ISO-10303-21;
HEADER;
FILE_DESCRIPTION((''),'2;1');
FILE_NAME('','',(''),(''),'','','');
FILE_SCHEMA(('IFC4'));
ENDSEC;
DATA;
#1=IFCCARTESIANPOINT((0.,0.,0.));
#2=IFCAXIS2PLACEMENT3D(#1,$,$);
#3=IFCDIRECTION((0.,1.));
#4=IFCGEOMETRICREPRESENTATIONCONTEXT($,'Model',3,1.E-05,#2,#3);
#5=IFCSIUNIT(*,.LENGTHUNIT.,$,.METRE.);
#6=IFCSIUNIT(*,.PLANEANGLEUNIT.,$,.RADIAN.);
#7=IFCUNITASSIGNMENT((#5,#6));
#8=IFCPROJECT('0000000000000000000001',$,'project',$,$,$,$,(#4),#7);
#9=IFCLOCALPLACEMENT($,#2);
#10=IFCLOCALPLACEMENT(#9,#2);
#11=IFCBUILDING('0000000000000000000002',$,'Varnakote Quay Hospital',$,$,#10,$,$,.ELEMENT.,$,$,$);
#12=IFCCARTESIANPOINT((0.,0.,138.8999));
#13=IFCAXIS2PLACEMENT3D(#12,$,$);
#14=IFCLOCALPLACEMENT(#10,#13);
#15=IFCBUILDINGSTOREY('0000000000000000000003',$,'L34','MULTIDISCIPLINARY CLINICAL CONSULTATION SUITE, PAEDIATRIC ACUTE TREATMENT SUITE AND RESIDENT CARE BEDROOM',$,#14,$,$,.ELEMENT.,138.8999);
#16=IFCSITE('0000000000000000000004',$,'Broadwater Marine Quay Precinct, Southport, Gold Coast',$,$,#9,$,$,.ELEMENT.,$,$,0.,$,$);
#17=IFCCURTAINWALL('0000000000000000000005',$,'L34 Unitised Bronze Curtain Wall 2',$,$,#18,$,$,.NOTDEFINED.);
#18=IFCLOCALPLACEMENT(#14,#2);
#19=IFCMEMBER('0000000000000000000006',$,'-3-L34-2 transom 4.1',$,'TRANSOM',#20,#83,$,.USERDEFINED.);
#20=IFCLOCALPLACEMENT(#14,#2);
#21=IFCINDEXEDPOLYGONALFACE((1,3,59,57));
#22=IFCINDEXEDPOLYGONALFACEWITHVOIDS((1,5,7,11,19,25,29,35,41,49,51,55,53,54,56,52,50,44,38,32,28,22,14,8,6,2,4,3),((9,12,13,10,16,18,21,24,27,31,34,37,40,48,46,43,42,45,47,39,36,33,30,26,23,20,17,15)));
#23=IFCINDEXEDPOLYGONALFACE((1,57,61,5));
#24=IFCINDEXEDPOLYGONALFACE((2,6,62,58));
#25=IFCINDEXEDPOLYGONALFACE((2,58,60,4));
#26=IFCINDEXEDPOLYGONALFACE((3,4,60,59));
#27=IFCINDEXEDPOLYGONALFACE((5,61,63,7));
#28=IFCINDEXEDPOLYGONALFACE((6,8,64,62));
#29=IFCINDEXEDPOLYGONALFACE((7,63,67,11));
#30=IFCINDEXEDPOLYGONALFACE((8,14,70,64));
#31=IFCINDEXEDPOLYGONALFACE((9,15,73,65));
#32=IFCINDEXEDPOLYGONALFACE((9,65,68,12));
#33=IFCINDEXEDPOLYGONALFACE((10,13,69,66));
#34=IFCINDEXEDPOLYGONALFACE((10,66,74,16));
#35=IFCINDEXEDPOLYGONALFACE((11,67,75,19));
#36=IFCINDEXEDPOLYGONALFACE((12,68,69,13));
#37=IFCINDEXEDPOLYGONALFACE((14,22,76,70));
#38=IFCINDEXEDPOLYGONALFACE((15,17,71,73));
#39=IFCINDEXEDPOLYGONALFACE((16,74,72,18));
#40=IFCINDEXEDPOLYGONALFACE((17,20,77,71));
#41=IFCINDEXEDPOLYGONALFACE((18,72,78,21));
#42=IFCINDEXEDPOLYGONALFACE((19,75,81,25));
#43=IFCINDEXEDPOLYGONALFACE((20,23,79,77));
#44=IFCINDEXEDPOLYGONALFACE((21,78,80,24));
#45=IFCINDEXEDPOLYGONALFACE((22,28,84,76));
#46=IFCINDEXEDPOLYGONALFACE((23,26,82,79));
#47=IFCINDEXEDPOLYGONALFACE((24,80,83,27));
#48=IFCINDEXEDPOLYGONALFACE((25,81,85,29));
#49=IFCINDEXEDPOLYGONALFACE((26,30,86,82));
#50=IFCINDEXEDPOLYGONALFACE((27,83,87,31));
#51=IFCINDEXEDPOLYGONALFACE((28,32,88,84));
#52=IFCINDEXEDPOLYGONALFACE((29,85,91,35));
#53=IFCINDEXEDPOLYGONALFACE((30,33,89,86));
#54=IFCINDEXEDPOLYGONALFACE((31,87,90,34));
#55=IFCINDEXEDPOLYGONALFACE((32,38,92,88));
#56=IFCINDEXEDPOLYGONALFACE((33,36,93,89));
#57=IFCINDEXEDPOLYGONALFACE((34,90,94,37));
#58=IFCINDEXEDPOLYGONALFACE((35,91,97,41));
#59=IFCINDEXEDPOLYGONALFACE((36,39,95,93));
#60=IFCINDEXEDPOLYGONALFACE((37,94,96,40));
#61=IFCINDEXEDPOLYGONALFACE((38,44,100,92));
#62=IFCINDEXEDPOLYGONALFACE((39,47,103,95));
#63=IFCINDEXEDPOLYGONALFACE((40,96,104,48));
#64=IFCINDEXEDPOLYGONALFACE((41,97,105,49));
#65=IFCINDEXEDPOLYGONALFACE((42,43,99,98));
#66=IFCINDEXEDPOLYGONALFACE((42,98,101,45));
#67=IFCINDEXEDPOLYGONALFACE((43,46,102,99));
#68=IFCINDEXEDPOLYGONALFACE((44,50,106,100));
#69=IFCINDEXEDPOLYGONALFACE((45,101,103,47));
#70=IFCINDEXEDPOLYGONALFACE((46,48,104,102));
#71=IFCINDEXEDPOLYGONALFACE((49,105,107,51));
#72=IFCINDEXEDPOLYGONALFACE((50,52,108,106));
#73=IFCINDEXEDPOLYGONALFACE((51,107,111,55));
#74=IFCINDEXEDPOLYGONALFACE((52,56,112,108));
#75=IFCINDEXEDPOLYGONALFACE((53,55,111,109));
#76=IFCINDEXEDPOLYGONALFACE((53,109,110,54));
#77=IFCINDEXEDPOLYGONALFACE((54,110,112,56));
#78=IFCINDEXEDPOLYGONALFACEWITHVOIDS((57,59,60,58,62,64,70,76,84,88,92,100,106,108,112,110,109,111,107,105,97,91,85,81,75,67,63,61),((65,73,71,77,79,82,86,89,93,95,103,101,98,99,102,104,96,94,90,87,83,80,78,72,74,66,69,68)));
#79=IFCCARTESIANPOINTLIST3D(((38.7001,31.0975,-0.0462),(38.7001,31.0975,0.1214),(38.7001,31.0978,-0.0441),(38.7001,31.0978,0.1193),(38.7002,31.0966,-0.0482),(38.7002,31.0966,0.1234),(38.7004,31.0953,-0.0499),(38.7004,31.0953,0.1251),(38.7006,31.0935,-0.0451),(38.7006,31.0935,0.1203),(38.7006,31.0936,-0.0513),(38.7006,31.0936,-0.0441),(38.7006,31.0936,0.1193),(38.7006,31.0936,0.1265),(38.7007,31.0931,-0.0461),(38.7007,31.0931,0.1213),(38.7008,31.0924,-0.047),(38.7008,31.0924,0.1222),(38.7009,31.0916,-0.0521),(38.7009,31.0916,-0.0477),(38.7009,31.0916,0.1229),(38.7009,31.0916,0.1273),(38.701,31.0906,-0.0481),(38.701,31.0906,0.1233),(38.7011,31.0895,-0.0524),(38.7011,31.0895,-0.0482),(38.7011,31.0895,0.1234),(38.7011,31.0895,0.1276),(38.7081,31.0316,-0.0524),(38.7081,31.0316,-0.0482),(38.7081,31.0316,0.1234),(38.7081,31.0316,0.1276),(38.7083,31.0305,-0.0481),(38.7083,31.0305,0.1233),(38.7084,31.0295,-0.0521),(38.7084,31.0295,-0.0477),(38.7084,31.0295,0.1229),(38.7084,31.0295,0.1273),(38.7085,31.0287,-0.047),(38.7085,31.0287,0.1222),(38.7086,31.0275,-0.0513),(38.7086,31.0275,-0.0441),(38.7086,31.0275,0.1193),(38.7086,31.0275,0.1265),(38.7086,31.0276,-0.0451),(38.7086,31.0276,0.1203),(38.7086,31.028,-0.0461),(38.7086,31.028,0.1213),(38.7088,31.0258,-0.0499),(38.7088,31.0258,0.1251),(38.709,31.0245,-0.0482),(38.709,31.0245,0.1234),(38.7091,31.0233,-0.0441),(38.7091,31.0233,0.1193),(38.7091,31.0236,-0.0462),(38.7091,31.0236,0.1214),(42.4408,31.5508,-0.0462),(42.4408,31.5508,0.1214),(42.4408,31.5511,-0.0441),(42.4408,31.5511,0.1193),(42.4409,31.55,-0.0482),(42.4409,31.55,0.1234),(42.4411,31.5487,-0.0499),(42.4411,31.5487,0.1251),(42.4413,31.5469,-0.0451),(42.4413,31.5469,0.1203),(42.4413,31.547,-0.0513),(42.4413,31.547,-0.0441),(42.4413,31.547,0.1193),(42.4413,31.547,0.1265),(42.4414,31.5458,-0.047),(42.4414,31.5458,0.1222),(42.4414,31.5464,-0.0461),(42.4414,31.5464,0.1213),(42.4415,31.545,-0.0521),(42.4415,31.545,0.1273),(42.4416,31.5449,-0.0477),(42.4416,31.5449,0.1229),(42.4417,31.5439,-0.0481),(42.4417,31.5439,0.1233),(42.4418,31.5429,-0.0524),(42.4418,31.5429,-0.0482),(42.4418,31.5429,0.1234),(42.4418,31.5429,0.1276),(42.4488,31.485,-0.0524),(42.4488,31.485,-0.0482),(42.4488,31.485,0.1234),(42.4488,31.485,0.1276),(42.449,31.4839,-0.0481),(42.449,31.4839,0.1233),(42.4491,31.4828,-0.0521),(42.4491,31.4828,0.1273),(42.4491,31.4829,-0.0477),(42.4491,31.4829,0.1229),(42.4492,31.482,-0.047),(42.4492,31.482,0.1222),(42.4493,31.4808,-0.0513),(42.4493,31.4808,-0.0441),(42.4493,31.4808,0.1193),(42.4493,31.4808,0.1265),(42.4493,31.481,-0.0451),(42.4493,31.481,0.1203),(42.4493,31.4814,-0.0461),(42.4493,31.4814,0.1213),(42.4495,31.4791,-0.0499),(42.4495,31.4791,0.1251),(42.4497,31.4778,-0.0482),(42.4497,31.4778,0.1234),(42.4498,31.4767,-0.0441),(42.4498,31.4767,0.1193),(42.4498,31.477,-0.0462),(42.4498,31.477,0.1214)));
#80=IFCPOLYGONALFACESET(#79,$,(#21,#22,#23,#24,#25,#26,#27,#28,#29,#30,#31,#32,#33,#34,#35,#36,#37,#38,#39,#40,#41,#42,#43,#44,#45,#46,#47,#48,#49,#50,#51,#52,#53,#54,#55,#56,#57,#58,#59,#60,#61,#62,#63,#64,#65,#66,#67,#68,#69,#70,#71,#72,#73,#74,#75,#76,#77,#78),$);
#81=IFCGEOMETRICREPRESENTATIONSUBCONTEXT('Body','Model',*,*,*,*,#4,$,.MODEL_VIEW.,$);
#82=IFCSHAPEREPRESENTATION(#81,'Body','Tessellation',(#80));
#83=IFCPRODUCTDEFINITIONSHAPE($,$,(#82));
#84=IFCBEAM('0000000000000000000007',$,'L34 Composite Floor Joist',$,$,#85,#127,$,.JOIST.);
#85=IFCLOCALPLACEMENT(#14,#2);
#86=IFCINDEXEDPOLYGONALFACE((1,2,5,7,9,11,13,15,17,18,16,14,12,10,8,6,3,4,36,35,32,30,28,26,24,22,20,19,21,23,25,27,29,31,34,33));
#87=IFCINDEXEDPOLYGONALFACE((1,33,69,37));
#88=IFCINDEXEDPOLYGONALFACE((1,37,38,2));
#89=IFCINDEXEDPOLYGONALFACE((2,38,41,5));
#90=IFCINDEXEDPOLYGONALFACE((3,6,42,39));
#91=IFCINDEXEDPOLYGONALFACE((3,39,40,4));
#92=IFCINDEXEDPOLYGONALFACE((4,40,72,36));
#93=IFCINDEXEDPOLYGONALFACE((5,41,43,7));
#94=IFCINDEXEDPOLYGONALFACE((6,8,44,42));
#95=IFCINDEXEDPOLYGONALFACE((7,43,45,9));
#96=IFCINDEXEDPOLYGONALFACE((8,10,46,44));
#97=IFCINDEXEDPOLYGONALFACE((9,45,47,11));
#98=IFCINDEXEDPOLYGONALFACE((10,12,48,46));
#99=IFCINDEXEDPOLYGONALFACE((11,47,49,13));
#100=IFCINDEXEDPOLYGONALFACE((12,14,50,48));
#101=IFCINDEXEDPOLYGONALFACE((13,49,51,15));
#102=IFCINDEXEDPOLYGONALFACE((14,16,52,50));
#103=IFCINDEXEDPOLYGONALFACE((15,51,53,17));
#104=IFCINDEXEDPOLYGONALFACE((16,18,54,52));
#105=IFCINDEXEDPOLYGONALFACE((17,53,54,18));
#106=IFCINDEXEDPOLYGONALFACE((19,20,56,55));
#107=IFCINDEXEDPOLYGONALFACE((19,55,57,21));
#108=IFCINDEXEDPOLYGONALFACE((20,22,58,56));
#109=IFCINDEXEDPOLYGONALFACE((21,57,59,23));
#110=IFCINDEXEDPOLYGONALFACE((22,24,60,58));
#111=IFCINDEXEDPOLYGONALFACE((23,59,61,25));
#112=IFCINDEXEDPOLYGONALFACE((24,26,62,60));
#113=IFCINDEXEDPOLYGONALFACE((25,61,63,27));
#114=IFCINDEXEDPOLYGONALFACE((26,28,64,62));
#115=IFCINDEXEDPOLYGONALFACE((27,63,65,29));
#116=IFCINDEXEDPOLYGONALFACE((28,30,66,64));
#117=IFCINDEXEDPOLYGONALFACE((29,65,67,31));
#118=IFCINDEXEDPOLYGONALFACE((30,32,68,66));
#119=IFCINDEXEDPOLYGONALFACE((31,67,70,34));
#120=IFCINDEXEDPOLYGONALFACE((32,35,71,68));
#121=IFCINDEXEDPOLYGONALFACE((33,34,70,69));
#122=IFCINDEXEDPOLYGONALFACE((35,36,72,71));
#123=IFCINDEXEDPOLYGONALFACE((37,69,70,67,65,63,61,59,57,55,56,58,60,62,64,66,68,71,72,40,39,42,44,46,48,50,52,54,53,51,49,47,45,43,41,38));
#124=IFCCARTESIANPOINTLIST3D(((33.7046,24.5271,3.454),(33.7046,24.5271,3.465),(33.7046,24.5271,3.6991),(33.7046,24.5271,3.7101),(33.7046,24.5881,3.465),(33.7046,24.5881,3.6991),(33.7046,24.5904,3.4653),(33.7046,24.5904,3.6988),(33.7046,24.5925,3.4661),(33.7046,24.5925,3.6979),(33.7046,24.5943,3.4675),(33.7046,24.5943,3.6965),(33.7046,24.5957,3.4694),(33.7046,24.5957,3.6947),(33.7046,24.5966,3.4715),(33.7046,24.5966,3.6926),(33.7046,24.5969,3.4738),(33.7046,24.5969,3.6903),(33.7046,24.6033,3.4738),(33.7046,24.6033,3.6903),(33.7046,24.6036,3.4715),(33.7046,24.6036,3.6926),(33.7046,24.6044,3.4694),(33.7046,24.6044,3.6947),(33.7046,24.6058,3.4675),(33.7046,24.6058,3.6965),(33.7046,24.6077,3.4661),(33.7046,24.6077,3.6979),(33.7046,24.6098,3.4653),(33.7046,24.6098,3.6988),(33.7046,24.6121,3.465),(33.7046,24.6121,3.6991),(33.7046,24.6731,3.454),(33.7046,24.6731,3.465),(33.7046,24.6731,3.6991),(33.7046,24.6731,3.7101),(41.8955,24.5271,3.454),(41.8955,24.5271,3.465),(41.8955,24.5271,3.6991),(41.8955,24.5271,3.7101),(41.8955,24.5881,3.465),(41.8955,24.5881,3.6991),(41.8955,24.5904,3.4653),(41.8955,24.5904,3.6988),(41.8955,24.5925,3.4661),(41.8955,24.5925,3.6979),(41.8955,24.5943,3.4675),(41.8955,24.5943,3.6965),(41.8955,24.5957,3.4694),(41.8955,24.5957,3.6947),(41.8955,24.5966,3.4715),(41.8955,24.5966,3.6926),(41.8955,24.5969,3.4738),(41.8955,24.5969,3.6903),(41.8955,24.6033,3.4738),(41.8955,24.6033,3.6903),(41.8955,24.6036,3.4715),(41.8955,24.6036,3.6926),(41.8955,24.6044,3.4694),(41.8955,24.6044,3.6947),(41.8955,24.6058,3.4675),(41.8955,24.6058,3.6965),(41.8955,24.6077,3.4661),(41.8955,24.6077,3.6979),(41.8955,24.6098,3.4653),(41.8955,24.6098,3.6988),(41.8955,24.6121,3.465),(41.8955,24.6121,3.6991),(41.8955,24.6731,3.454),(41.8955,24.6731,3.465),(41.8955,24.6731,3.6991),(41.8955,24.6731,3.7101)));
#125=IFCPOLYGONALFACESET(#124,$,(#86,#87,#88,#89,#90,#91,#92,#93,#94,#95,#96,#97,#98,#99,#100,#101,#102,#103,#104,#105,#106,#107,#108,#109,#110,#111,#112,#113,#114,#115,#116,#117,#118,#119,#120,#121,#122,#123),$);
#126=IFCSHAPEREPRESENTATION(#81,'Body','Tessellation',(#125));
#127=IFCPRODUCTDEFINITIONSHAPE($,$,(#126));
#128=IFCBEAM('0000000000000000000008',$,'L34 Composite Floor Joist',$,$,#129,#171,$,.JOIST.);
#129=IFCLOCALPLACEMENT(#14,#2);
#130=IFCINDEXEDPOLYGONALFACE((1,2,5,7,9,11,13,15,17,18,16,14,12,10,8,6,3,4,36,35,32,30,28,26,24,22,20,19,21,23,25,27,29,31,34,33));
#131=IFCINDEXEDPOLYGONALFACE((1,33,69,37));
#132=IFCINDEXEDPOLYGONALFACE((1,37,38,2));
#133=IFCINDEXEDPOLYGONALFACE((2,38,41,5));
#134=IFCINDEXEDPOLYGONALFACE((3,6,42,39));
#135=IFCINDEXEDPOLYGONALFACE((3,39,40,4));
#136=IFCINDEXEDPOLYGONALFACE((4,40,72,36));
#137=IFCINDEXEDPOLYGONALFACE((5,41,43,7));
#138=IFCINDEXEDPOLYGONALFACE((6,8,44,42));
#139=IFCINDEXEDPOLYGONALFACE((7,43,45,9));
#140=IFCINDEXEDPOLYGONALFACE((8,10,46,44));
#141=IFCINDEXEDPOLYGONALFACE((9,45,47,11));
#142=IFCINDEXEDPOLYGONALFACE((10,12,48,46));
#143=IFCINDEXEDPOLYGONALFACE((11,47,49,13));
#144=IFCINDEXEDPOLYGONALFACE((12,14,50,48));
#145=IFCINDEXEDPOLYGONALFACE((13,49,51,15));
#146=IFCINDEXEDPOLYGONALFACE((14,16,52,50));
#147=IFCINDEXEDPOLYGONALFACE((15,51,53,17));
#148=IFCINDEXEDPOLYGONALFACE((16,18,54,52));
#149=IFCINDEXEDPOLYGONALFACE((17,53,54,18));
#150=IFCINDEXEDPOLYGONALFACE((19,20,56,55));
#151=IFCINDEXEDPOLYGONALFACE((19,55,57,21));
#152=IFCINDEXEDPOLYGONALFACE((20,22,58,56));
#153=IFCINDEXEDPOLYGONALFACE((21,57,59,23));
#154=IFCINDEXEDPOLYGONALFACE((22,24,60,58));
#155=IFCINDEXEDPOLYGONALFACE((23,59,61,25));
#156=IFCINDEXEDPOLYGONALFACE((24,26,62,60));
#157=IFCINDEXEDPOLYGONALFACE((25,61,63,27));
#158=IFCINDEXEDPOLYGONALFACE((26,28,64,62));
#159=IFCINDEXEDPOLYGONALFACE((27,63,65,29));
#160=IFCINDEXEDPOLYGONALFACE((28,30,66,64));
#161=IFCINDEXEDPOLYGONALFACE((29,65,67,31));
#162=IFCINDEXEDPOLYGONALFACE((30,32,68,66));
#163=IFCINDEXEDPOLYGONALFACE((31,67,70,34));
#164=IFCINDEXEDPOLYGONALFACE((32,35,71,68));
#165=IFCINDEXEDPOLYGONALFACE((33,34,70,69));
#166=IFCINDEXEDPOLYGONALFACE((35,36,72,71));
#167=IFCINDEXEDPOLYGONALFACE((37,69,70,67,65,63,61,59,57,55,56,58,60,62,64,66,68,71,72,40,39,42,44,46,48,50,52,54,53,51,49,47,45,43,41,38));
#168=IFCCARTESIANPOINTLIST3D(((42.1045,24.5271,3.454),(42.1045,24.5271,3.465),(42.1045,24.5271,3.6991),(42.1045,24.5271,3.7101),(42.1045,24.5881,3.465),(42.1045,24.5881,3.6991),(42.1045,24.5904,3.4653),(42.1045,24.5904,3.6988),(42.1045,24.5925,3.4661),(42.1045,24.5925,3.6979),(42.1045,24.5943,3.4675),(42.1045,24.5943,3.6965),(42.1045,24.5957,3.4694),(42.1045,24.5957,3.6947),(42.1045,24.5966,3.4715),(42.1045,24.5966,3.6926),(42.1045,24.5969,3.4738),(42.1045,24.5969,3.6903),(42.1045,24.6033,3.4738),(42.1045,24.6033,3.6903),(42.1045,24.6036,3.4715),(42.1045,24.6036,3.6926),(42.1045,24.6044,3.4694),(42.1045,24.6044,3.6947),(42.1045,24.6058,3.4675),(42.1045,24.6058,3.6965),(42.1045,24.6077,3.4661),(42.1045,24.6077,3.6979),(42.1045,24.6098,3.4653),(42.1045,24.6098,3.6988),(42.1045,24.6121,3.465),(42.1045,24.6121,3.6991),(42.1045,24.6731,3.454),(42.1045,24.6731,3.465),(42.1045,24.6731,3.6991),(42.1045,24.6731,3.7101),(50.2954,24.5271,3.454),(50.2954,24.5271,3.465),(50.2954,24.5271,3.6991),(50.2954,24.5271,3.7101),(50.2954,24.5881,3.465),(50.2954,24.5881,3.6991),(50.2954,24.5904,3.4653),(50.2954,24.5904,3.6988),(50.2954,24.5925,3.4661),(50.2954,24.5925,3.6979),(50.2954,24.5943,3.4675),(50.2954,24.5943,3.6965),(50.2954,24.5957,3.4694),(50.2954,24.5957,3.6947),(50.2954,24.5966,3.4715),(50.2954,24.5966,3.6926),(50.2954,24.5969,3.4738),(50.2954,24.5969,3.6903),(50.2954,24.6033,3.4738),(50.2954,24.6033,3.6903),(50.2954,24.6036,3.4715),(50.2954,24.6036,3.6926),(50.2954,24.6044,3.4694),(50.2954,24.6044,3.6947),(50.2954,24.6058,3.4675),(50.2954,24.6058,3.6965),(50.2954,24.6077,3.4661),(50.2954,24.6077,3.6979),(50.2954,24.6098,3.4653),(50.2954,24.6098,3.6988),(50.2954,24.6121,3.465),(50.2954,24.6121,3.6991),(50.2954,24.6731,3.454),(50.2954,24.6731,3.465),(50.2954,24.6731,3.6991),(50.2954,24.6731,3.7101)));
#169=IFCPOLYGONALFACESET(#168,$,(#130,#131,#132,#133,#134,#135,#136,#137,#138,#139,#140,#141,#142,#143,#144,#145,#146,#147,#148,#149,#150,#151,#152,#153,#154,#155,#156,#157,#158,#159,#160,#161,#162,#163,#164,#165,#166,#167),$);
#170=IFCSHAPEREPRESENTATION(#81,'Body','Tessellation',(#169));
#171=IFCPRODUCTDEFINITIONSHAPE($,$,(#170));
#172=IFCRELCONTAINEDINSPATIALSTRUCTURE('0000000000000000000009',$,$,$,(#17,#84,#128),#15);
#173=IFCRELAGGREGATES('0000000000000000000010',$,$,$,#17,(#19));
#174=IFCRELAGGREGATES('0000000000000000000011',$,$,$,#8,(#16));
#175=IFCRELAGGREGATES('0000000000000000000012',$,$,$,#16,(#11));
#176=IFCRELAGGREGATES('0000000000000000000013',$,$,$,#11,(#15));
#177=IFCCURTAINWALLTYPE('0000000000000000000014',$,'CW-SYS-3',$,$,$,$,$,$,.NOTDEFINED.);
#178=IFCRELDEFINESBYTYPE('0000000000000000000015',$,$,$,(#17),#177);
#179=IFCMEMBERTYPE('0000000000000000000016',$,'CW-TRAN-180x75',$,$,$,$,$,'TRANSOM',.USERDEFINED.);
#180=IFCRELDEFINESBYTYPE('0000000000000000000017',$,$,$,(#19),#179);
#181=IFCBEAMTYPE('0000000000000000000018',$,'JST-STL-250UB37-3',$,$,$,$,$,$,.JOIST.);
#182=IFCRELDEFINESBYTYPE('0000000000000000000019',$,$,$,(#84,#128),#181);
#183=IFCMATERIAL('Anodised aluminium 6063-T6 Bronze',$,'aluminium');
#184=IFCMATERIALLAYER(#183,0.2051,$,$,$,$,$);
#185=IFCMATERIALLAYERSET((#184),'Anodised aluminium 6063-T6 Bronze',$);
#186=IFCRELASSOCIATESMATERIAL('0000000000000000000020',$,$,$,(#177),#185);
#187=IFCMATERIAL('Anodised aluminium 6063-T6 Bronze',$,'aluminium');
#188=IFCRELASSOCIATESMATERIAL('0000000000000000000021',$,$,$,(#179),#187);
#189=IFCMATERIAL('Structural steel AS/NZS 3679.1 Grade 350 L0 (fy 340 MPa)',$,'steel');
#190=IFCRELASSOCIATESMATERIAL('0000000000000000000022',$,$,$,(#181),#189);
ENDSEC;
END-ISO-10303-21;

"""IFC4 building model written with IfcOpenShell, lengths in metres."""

from ifc_helpers import new_model, si_unit, direction, frame, origin, origin_2d, place, context, subcontext, project, spatial, hollow_rectangle, i_section, extrude, material, layer, layer_set, material_profile, profile_set, type_object, element, aggregate, save


model = new_model("IFC4")

# Units and contexts
model_context = context("Model", 3, precision=1e-05, world=origin(), true_north=direction((0.0, 1.0)))
body_context = subcontext(model_context, "Body", "Model", "MODEL_VIEW")
ifc_project = project(units=[si_unit("LENGTHUNIT", "METRE"), si_unit("PLANEANGLEUNIT", "RADIAN")], contexts=[model_context])

# Site, building, storey
site_placement = place(None, origin())
site = spatial("IfcSite", under=ifc_project, at=site_placement, Name="Broadwater Marine Quay Precinct, Southport, Gold Coast", CompositionType="ELEMENT", RefElevation=0.0)
building_placement = place(site_placement, origin())
building = spatial("IfcBuilding", under=site, at=building_placement, Name="Varnakote Quay Hospital", CompositionType="ELEMENT")
storey_placement = place(building_placement, frame((0.0, 0.0, 138.8999)))
storey = spatial("IfcBuildingStorey", under=building, at=storey_placement, Name="L34", Description="MULTIDISCIPLINARY CLINICAL CONSULTATION SUITE, PAEDIATRIC ACUTE TREATMENT SUITE AND RESIDENT CARE BEDROOM", CompositionType="ELEMENT", Elevation=138.8999)

# Curtain wall, member
ifc_material_1 = material(Name="Anodised aluminium 6063-T6 Bronze", Category="aluminium")
ifc_layer_1 = layer(ifc_material_1, 0.2051)
ifc_layer_set_1 = layer_set([ifc_layer_1], Name="Anodised aluminium 6063-T6 Bronze")
curtain_wall_type = type_object("IfcCurtainWallType", Name="CW-SYS-3", PredefinedType="NOTDEFINED", material=ifc_layer_set_1)
curtain_wall_placement = place(storey_placement, origin())
curtain_wall = element("IfcCurtainWall", 1, at=curtain_wall_placement, inside=storey, type_object=curtain_wall_type, Name="L34 Unitised Bronze Curtain Wall 2", PredefinedType="NOTDEFINED")
ifc_material_2 = material(Name="Anodised aluminium 6063-T6 Bronze", Category="aluminium")
ifc_material_profile_1 = material_profile(ifc_material_2, hollow_rectangle(XDim=0.075, YDim=0.1799, WallThickness=0.0042, InnerFilletRadius=0.0042, OuterFilletRadius=0.0083, at=origin_2d()), Name="CW-TRAN-180x75")
ifc_profile_set_1 = profile_set([ifc_material_profile_1], Name="Anodised aluminium 6063-T6 Bronze")
member_type_1 = type_object("IfcMemberType", Name="CW-TRAN-180x75", ElementType="TRANSOM", PredefinedType="USERDEFINED", material=ifc_profile_set_1)
member_1_placement = place(storey_placement, frame((42.4453, 31.5139, 0.0376), z_axis=(-0.992735, -0.120318, 0.0), x_axis=(0.120318, -0.992735, 0.0)))
member_1 = element("IfcMember", 2, at=member_1_placement, type_object=member_type_1, Name="-3-L34-2 transom 4.1", ObjectType="TRANSOM", PredefinedType="USERDEFINED", context=body_context, shape_type="SweptSolid", body=[
    extrude(hollow_rectangle(XDim=0.075, YDim=0.1799, WallThickness=0.0042, InnerFilletRadius=0.0042, OuterFilletRadius=0.0083, at=origin_2d()), origin(), (0.0, 0.0, 1.0), 3.7681),
])

# Beams
ifc_material_3 = material(Name="Structural steel AS/NZS 3679.1 Grade 350 L0 (fy 340 MPa)", Category="steel")
ifc_material_profile_2 = material_profile(ifc_material_3, i_section(OverallWidth=0.146, OverallDepth=0.2561, WebThickness=0.0063, FlangeThickness=0.011, FilletRadius=0.0088, at=origin_2d()), Name="250UB37.3")
ifc_profile_set_2 = profile_set([ifc_material_profile_2], Name="Structural steel AS/NZS 3679.1 Grade 350 L0 (fy 340 MPa)")
beam_type_1 = type_object("IfcBeamType", Name="JST-STL-250UB37-3", PredefinedType="JOIST", material=ifc_profile_set_2)
for number, where, z_axis, x_axis, name in (
    (3, (33.7046, 24.6001, 3.582), (1.0, 0.0, 0.0), (0.0, 1.0, 0.0), "L34 Composite Floor Joist"),
    (4, (42.1045, 24.6001, 3.582), (1.0, 0.0, 0.0), (0.0, 1.0, 0.0), "L34 Composite Floor Joist"),
):
    element("IfcBeam", number, at=place(storey_placement, frame(where, z_axis=z_axis, x_axis=x_axis)), inside=storey, type_object=beam_type_1, Name=name, PredefinedType="JOIST", context=body_context, shape_type="SweptSolid", body=[
        extrude(i_section(OverallWidth=0.146, OverallDepth=0.2561, WebThickness=0.0063, FlangeThickness=0.011, FilletRadius=0.0088, at=origin_2d()), origin(), (0.0, 0.0, 1.0), 8.1909),
    ])

aggregate(curtain_wall, [member_1])

save(model, "model.ifc")
